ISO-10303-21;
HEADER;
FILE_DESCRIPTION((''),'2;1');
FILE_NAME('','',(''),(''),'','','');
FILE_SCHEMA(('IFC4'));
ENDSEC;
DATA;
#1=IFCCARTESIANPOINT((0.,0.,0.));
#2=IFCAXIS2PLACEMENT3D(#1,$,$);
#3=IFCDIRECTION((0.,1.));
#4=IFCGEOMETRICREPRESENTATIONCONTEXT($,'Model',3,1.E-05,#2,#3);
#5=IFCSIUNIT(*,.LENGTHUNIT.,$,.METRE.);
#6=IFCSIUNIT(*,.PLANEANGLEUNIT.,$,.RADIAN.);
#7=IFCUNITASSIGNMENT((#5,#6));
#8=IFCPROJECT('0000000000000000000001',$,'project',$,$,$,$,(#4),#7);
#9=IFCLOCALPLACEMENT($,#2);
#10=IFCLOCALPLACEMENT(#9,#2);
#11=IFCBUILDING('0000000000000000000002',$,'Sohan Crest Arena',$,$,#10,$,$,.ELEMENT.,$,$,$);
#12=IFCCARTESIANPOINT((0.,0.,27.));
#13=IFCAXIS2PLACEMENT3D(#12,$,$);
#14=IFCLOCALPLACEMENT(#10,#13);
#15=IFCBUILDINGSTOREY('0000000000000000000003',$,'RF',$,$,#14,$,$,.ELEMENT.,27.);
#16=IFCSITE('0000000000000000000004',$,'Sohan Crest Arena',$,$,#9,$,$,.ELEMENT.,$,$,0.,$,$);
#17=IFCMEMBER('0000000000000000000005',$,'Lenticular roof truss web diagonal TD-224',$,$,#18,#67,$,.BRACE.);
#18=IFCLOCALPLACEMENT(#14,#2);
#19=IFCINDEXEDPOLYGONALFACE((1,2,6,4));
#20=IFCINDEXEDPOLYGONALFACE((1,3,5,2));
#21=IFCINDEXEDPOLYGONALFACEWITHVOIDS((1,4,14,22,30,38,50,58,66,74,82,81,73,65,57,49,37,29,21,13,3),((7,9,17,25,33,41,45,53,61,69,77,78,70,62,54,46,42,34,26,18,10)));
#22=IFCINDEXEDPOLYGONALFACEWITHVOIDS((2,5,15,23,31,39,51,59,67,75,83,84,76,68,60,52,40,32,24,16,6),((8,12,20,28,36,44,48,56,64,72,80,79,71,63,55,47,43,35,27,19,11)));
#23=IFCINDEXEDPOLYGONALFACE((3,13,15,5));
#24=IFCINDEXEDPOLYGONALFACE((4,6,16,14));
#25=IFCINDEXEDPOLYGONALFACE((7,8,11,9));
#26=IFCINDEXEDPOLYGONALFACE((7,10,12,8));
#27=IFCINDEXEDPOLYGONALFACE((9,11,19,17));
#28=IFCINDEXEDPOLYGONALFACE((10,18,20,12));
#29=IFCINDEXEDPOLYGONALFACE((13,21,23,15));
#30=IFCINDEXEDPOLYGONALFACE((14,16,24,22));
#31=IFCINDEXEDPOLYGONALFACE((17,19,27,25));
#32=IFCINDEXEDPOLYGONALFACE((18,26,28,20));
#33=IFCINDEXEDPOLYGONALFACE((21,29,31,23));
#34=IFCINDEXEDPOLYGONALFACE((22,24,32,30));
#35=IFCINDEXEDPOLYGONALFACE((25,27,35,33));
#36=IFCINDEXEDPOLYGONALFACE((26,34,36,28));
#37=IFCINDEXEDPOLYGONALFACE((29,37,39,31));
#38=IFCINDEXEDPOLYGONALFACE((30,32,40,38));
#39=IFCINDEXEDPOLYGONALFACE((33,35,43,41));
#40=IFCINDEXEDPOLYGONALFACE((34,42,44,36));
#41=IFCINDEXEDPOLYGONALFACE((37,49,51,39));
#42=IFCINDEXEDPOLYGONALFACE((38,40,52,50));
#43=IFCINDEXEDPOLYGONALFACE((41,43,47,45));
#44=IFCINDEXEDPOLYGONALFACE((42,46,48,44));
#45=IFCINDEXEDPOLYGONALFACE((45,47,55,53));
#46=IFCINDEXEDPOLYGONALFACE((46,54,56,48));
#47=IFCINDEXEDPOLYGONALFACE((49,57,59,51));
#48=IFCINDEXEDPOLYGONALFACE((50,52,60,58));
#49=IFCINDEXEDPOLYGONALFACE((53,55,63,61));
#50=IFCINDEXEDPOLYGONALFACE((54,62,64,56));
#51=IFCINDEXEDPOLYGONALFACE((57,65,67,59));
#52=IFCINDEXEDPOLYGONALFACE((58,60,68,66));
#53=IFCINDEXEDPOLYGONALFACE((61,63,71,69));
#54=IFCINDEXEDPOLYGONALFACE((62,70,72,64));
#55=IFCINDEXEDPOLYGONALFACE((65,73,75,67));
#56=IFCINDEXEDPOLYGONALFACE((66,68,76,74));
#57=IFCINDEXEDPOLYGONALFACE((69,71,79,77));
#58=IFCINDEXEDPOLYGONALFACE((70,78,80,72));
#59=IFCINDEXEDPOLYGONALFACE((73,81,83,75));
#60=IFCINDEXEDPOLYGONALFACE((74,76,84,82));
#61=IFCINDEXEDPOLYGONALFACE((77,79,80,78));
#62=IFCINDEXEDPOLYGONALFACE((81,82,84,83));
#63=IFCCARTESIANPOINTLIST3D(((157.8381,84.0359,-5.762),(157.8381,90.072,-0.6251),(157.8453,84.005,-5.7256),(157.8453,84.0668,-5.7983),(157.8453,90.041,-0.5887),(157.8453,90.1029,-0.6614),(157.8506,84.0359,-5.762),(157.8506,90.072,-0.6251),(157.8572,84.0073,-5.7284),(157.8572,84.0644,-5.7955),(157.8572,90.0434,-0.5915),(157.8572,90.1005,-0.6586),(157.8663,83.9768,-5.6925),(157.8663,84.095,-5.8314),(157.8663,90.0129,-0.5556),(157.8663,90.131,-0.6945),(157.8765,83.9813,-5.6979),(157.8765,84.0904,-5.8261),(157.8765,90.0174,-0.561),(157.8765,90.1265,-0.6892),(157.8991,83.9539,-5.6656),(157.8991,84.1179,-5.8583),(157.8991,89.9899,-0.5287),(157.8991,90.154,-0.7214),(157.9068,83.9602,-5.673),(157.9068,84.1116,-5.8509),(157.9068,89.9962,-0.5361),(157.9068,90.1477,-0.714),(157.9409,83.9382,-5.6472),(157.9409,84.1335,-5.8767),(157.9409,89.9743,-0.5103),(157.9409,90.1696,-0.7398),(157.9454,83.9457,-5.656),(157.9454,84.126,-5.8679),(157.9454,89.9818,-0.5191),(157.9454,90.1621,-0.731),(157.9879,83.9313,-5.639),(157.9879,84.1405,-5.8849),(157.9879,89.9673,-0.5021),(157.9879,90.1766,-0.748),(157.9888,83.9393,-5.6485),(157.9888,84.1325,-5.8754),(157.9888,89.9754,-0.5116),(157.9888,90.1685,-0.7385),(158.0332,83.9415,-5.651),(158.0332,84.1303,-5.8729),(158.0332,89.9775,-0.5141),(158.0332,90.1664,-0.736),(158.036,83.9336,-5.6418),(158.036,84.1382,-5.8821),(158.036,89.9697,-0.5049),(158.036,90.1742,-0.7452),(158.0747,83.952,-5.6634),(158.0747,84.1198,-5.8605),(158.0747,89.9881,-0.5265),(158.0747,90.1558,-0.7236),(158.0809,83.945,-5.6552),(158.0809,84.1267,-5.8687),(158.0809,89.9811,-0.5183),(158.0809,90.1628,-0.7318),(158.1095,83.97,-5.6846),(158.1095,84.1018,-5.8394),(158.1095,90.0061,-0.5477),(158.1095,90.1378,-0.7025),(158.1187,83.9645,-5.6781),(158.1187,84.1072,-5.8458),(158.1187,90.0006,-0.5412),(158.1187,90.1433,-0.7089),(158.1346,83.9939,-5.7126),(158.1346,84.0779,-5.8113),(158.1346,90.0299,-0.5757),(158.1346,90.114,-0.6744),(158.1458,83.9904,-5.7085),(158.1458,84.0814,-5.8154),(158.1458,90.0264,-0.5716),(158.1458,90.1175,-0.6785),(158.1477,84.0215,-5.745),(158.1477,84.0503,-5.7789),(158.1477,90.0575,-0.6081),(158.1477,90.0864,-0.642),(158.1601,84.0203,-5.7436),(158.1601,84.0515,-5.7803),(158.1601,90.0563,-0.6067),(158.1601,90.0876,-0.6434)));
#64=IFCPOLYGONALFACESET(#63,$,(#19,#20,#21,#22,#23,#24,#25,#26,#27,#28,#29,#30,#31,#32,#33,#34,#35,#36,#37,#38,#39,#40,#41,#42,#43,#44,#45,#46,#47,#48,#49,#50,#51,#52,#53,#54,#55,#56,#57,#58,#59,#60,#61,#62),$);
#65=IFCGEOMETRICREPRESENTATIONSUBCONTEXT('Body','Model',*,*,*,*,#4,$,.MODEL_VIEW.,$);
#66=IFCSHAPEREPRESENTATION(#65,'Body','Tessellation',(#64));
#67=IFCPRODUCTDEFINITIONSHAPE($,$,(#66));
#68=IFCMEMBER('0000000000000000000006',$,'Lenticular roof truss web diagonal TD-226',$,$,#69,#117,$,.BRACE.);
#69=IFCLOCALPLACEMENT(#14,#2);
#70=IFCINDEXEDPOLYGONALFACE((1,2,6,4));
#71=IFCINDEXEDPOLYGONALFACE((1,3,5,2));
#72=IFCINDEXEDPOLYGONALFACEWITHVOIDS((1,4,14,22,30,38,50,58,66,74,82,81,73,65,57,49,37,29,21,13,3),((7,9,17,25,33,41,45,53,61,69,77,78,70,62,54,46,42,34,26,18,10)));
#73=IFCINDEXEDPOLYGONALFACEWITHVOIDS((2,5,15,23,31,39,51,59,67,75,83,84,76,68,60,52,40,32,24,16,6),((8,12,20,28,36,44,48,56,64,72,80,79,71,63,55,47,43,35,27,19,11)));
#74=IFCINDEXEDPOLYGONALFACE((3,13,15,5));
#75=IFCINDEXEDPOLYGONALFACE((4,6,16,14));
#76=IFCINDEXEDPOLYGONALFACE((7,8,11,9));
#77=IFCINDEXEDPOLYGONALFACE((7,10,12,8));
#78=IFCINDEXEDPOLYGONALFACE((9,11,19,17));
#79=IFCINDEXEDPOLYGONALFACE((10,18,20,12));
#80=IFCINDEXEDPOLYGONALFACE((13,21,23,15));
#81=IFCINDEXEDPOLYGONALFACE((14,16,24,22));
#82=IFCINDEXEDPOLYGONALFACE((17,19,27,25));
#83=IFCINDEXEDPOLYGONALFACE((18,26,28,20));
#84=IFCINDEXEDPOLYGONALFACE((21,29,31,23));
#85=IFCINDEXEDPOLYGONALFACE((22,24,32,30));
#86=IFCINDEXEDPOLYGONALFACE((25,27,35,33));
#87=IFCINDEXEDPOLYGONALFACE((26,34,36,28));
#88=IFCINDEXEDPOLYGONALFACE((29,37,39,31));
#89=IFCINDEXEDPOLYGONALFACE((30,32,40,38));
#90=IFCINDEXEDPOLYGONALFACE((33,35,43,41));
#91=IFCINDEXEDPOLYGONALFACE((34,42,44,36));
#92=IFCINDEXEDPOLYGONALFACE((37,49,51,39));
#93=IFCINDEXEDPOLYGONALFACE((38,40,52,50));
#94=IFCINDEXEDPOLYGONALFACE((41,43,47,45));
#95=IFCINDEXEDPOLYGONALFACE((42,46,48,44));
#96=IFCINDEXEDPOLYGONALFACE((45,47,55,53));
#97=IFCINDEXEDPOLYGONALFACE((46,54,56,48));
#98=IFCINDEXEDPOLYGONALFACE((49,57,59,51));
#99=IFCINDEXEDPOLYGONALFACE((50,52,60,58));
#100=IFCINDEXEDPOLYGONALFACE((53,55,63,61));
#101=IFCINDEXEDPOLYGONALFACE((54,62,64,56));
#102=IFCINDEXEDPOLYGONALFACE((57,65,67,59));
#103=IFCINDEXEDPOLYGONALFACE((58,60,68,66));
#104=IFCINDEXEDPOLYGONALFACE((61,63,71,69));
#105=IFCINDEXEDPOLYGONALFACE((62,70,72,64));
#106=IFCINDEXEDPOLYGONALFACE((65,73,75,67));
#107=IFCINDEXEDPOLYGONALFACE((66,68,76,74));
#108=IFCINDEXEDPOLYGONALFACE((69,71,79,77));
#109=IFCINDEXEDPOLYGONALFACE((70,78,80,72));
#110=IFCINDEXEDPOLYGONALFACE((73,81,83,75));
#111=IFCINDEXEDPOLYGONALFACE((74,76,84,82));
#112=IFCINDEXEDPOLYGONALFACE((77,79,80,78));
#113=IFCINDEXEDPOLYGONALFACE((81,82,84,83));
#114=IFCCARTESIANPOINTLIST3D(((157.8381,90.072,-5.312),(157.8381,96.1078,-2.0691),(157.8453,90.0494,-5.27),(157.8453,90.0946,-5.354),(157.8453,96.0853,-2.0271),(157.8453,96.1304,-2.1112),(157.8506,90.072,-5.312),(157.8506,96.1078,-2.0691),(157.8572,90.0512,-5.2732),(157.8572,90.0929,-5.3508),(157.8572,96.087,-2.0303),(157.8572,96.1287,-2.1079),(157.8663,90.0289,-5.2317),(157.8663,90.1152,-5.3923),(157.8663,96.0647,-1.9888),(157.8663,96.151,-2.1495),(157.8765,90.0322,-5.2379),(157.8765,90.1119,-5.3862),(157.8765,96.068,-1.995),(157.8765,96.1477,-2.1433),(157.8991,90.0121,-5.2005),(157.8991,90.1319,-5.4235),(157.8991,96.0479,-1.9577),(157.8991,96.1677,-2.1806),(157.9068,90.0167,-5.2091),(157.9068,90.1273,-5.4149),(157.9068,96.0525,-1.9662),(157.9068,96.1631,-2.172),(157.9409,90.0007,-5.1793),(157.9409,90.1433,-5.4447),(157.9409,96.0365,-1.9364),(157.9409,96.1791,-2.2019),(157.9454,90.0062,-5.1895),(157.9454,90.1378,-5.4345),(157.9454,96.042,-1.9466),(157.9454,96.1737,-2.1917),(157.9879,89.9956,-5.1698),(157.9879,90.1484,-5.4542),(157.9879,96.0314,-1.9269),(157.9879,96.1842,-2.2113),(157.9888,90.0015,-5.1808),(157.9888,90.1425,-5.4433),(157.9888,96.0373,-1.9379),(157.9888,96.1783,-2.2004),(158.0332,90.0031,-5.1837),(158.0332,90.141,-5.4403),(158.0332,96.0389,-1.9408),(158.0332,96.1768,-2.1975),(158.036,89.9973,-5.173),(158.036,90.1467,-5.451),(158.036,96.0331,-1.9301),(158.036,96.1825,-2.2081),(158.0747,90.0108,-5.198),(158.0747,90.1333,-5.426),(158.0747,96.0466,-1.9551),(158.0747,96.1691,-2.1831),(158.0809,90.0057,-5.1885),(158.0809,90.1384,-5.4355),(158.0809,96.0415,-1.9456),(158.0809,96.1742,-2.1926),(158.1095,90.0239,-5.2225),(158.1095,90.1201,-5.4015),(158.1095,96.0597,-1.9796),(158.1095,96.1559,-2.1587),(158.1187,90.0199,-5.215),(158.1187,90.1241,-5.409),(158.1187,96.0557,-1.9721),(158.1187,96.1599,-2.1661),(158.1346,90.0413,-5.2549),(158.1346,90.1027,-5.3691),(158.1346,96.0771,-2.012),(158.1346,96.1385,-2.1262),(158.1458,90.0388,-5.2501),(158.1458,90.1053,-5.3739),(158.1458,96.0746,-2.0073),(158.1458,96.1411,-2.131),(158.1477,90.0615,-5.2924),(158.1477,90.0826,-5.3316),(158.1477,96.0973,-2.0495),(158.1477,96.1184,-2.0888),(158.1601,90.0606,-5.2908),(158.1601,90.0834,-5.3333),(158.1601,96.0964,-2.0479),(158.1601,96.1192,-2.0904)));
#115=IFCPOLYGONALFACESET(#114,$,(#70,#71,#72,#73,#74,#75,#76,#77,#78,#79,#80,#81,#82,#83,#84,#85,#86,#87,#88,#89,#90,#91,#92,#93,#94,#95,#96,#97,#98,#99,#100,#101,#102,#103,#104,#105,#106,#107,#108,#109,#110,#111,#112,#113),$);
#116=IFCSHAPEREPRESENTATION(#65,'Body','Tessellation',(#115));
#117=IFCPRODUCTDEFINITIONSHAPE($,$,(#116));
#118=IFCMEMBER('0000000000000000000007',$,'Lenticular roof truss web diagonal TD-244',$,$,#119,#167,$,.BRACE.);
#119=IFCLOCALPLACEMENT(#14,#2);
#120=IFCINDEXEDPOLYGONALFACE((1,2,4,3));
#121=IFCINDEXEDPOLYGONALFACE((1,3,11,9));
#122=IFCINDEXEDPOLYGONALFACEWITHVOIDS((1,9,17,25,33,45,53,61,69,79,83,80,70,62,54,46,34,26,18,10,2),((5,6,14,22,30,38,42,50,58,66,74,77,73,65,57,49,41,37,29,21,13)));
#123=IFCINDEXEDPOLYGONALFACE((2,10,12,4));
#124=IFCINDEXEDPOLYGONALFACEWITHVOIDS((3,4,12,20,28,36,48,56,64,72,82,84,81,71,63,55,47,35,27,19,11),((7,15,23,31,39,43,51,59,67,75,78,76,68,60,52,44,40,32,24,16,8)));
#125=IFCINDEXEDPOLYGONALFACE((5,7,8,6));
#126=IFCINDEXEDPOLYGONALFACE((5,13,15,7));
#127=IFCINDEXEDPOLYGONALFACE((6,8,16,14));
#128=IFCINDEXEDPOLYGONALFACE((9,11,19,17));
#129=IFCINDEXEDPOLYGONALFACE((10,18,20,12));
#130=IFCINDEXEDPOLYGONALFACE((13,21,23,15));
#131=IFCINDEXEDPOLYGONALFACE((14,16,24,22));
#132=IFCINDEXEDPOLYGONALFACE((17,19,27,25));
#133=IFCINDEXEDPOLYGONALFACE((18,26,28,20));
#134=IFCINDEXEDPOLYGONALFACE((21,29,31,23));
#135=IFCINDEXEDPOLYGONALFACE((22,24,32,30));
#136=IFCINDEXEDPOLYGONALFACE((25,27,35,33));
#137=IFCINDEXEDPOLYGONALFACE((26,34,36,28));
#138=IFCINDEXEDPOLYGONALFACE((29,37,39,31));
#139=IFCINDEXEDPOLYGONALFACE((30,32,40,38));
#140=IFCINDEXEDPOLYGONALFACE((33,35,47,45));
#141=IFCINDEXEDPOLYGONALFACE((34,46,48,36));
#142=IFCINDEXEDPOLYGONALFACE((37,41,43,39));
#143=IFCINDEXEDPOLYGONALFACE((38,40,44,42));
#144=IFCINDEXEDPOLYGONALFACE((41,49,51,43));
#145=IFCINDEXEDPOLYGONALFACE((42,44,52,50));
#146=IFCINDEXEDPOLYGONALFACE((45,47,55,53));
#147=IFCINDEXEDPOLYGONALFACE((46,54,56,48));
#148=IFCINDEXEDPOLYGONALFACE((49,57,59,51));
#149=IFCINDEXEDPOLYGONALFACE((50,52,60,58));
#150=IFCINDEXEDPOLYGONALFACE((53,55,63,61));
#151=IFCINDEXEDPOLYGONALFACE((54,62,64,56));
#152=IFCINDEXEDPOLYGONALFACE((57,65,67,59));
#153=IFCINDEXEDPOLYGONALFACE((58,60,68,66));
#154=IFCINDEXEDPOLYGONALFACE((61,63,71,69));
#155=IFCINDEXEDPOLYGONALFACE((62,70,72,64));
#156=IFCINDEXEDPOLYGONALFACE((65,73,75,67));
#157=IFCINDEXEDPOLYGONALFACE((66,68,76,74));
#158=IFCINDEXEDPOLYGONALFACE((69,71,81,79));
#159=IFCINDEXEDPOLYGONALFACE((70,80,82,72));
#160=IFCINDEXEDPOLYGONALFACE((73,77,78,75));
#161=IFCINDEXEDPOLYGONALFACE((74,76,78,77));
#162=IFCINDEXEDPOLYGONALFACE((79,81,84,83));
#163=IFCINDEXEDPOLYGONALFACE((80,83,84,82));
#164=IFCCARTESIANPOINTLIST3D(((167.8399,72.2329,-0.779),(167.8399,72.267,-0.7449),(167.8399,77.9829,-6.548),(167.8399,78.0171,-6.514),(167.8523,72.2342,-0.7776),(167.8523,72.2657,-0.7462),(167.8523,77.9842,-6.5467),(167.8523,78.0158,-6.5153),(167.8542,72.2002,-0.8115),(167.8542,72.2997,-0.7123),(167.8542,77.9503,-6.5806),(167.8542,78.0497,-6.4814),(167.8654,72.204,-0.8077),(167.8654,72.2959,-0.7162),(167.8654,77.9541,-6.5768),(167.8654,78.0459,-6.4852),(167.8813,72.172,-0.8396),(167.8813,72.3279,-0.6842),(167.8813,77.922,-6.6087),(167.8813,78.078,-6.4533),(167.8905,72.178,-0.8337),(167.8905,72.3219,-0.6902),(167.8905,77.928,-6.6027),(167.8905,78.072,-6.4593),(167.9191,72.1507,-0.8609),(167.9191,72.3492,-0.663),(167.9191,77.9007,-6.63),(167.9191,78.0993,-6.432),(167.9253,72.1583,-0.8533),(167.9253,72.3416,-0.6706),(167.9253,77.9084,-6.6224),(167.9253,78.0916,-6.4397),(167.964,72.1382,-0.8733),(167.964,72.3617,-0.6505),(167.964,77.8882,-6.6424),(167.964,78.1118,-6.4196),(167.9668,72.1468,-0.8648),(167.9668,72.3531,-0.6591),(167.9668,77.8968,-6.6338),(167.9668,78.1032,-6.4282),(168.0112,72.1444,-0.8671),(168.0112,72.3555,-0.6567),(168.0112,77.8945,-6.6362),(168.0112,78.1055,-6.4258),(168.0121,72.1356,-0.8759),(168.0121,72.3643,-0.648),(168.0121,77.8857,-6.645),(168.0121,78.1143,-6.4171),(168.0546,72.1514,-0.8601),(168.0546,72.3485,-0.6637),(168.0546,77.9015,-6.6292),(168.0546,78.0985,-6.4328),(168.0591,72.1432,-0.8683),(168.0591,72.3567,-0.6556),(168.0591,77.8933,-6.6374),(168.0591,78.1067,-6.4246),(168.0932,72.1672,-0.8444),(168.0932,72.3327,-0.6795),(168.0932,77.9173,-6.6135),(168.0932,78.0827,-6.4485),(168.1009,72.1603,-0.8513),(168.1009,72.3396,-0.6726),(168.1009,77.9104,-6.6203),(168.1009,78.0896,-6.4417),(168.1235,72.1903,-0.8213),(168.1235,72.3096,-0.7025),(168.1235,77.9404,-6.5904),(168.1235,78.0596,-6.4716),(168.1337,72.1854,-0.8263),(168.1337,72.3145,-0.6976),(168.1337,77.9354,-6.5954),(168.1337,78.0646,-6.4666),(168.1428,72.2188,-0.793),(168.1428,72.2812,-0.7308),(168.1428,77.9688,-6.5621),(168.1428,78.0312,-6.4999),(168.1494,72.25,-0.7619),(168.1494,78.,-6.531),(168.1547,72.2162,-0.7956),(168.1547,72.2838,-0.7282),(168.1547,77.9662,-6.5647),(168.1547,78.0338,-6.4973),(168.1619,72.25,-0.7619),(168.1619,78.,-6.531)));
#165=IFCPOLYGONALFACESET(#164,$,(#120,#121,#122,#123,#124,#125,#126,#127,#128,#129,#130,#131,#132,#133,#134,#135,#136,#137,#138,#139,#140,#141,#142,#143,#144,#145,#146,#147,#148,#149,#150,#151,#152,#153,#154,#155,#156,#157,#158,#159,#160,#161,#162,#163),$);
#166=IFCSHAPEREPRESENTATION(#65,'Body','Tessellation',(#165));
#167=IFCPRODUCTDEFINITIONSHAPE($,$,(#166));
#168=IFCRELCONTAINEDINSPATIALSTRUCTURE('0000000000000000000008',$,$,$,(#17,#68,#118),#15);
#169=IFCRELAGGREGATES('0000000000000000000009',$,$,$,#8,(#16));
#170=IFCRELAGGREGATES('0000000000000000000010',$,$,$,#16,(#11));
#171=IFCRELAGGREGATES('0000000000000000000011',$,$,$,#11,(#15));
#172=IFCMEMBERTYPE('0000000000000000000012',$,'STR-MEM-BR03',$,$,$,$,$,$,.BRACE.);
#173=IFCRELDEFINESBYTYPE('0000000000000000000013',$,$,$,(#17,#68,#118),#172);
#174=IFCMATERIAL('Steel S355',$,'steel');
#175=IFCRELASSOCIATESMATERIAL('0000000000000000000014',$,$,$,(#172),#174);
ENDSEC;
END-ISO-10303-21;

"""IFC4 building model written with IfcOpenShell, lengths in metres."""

from ifc_helpers import new_model, si_unit, direction, frame, origin, origin_2d, place, context, subcontext, project, spatial, hollow_circle, extrude, material, material_profile, profile_set, type_object, element, save


model = new_model("IFC4")

# Units and contexts
model_context = context("Model", 3, precision=1e-05, world=origin(), true_north=direction((0.0, 1.0)))
body_context = subcontext(model_context, "Body", "Model", "MODEL_VIEW")
ifc_project = project(units=[si_unit("LENGTHUNIT", "METRE"), si_unit("PLANEANGLEUNIT", "RADIAN")], contexts=[model_context])

# Site, building, storey
site_placement = place(None, origin())
site = spatial("IfcSite", under=ifc_project, at=site_placement, Name="Sohan Crest Arena", CompositionType="ELEMENT", RefElevation=0.0)
building_placement = place(site_placement, origin())
building = spatial("IfcBuilding", under=site, at=building_placement, Name="Sohan Crest Arena", CompositionType="ELEMENT")
storey_placement = place(building_placement, frame((0.0, 0.0, 27.0)))
storey = spatial("IfcBuildingStorey", under=building, at=storey_placement, Name="RF", CompositionType="ELEMENT", Elevation=27.0)

# Shared definitions
ifc_material_1 = material(Name="Steel S355", Category="steel")

# Members
ifc_material_profile_1 = material_profile(ifc_material_1, hollow_circle(Radius=0.1619, WallThickness=0.0125, at=origin_2d()), Name="CHS 323.9x12.5")
ifc_profile_set_1 = profile_set([ifc_material_profile_1], Name="Steel S355")
member_type_1 = type_object("IfcMemberType", Name="STR-MEM-BR03", PredefinedType="BRACE", material=ifc_profile_set_1)
member_1_placement = place(storey_placement, frame((158.0, 84.0359, -5.762), z_axis=(0.0, 0.76155, 0.648106), x_axis=(-1.0, 0.0, 0.0)))
element("IfcMember", 1, at=member_1_placement, inside=storey, type_object=member_type_1, Name="Lenticular roof truss web diagonal TD-224", PredefinedType="BRACE", context=body_context, shape_type="SweptSolid", body=[
    extrude(hollow_circle(Radius=0.1619, WallThickness=0.0125, at=origin_2d()), origin(), (0.0, 0.0, 1.0), 7.926),
])
member_2_placement = place(storey_placement, frame((158.0, 90.072, -5.312), z_axis=(0.0, 0.880908, 0.473288), x_axis=(-1.0, 0.0, 0.0)))
element("IfcMember", 2, at=member_2_placement, inside=storey, type_object=member_type_1, Name="Lenticular roof truss web diagonal TD-226", PredefinedType="BRACE", context=body_context, shape_type="SweptSolid", body=[
    extrude(hollow_circle(Radius=0.1619, WallThickness=0.0125, at=origin_2d()), origin(), (0.0, 0.0, 1.0), 6.8518),
])
for number, where, z_axis, x_axis, name in (
    (3, (168.0, 78.0, -6.531), (0.0, -0.705937, 0.708275), (1.0, 0.0, 0.0), "Lenticular roof truss web diagonal TD-244"),
):
    element("IfcMember", number, at=place(storey_placement, frame(where, z_axis=z_axis, x_axis=x_axis)), inside=storey, type_object=member_type_1, Name=name, PredefinedType="BRACE", context=body_context, shape_type="SweptSolid", body=[
        extrude(hollow_circle(Radius=0.1619, WallThickness=0.0125, at=origin_2d()), origin(), (0.0, 0.0, 1.0), 8.1453),
    ])

save(model, "model.ifc")
